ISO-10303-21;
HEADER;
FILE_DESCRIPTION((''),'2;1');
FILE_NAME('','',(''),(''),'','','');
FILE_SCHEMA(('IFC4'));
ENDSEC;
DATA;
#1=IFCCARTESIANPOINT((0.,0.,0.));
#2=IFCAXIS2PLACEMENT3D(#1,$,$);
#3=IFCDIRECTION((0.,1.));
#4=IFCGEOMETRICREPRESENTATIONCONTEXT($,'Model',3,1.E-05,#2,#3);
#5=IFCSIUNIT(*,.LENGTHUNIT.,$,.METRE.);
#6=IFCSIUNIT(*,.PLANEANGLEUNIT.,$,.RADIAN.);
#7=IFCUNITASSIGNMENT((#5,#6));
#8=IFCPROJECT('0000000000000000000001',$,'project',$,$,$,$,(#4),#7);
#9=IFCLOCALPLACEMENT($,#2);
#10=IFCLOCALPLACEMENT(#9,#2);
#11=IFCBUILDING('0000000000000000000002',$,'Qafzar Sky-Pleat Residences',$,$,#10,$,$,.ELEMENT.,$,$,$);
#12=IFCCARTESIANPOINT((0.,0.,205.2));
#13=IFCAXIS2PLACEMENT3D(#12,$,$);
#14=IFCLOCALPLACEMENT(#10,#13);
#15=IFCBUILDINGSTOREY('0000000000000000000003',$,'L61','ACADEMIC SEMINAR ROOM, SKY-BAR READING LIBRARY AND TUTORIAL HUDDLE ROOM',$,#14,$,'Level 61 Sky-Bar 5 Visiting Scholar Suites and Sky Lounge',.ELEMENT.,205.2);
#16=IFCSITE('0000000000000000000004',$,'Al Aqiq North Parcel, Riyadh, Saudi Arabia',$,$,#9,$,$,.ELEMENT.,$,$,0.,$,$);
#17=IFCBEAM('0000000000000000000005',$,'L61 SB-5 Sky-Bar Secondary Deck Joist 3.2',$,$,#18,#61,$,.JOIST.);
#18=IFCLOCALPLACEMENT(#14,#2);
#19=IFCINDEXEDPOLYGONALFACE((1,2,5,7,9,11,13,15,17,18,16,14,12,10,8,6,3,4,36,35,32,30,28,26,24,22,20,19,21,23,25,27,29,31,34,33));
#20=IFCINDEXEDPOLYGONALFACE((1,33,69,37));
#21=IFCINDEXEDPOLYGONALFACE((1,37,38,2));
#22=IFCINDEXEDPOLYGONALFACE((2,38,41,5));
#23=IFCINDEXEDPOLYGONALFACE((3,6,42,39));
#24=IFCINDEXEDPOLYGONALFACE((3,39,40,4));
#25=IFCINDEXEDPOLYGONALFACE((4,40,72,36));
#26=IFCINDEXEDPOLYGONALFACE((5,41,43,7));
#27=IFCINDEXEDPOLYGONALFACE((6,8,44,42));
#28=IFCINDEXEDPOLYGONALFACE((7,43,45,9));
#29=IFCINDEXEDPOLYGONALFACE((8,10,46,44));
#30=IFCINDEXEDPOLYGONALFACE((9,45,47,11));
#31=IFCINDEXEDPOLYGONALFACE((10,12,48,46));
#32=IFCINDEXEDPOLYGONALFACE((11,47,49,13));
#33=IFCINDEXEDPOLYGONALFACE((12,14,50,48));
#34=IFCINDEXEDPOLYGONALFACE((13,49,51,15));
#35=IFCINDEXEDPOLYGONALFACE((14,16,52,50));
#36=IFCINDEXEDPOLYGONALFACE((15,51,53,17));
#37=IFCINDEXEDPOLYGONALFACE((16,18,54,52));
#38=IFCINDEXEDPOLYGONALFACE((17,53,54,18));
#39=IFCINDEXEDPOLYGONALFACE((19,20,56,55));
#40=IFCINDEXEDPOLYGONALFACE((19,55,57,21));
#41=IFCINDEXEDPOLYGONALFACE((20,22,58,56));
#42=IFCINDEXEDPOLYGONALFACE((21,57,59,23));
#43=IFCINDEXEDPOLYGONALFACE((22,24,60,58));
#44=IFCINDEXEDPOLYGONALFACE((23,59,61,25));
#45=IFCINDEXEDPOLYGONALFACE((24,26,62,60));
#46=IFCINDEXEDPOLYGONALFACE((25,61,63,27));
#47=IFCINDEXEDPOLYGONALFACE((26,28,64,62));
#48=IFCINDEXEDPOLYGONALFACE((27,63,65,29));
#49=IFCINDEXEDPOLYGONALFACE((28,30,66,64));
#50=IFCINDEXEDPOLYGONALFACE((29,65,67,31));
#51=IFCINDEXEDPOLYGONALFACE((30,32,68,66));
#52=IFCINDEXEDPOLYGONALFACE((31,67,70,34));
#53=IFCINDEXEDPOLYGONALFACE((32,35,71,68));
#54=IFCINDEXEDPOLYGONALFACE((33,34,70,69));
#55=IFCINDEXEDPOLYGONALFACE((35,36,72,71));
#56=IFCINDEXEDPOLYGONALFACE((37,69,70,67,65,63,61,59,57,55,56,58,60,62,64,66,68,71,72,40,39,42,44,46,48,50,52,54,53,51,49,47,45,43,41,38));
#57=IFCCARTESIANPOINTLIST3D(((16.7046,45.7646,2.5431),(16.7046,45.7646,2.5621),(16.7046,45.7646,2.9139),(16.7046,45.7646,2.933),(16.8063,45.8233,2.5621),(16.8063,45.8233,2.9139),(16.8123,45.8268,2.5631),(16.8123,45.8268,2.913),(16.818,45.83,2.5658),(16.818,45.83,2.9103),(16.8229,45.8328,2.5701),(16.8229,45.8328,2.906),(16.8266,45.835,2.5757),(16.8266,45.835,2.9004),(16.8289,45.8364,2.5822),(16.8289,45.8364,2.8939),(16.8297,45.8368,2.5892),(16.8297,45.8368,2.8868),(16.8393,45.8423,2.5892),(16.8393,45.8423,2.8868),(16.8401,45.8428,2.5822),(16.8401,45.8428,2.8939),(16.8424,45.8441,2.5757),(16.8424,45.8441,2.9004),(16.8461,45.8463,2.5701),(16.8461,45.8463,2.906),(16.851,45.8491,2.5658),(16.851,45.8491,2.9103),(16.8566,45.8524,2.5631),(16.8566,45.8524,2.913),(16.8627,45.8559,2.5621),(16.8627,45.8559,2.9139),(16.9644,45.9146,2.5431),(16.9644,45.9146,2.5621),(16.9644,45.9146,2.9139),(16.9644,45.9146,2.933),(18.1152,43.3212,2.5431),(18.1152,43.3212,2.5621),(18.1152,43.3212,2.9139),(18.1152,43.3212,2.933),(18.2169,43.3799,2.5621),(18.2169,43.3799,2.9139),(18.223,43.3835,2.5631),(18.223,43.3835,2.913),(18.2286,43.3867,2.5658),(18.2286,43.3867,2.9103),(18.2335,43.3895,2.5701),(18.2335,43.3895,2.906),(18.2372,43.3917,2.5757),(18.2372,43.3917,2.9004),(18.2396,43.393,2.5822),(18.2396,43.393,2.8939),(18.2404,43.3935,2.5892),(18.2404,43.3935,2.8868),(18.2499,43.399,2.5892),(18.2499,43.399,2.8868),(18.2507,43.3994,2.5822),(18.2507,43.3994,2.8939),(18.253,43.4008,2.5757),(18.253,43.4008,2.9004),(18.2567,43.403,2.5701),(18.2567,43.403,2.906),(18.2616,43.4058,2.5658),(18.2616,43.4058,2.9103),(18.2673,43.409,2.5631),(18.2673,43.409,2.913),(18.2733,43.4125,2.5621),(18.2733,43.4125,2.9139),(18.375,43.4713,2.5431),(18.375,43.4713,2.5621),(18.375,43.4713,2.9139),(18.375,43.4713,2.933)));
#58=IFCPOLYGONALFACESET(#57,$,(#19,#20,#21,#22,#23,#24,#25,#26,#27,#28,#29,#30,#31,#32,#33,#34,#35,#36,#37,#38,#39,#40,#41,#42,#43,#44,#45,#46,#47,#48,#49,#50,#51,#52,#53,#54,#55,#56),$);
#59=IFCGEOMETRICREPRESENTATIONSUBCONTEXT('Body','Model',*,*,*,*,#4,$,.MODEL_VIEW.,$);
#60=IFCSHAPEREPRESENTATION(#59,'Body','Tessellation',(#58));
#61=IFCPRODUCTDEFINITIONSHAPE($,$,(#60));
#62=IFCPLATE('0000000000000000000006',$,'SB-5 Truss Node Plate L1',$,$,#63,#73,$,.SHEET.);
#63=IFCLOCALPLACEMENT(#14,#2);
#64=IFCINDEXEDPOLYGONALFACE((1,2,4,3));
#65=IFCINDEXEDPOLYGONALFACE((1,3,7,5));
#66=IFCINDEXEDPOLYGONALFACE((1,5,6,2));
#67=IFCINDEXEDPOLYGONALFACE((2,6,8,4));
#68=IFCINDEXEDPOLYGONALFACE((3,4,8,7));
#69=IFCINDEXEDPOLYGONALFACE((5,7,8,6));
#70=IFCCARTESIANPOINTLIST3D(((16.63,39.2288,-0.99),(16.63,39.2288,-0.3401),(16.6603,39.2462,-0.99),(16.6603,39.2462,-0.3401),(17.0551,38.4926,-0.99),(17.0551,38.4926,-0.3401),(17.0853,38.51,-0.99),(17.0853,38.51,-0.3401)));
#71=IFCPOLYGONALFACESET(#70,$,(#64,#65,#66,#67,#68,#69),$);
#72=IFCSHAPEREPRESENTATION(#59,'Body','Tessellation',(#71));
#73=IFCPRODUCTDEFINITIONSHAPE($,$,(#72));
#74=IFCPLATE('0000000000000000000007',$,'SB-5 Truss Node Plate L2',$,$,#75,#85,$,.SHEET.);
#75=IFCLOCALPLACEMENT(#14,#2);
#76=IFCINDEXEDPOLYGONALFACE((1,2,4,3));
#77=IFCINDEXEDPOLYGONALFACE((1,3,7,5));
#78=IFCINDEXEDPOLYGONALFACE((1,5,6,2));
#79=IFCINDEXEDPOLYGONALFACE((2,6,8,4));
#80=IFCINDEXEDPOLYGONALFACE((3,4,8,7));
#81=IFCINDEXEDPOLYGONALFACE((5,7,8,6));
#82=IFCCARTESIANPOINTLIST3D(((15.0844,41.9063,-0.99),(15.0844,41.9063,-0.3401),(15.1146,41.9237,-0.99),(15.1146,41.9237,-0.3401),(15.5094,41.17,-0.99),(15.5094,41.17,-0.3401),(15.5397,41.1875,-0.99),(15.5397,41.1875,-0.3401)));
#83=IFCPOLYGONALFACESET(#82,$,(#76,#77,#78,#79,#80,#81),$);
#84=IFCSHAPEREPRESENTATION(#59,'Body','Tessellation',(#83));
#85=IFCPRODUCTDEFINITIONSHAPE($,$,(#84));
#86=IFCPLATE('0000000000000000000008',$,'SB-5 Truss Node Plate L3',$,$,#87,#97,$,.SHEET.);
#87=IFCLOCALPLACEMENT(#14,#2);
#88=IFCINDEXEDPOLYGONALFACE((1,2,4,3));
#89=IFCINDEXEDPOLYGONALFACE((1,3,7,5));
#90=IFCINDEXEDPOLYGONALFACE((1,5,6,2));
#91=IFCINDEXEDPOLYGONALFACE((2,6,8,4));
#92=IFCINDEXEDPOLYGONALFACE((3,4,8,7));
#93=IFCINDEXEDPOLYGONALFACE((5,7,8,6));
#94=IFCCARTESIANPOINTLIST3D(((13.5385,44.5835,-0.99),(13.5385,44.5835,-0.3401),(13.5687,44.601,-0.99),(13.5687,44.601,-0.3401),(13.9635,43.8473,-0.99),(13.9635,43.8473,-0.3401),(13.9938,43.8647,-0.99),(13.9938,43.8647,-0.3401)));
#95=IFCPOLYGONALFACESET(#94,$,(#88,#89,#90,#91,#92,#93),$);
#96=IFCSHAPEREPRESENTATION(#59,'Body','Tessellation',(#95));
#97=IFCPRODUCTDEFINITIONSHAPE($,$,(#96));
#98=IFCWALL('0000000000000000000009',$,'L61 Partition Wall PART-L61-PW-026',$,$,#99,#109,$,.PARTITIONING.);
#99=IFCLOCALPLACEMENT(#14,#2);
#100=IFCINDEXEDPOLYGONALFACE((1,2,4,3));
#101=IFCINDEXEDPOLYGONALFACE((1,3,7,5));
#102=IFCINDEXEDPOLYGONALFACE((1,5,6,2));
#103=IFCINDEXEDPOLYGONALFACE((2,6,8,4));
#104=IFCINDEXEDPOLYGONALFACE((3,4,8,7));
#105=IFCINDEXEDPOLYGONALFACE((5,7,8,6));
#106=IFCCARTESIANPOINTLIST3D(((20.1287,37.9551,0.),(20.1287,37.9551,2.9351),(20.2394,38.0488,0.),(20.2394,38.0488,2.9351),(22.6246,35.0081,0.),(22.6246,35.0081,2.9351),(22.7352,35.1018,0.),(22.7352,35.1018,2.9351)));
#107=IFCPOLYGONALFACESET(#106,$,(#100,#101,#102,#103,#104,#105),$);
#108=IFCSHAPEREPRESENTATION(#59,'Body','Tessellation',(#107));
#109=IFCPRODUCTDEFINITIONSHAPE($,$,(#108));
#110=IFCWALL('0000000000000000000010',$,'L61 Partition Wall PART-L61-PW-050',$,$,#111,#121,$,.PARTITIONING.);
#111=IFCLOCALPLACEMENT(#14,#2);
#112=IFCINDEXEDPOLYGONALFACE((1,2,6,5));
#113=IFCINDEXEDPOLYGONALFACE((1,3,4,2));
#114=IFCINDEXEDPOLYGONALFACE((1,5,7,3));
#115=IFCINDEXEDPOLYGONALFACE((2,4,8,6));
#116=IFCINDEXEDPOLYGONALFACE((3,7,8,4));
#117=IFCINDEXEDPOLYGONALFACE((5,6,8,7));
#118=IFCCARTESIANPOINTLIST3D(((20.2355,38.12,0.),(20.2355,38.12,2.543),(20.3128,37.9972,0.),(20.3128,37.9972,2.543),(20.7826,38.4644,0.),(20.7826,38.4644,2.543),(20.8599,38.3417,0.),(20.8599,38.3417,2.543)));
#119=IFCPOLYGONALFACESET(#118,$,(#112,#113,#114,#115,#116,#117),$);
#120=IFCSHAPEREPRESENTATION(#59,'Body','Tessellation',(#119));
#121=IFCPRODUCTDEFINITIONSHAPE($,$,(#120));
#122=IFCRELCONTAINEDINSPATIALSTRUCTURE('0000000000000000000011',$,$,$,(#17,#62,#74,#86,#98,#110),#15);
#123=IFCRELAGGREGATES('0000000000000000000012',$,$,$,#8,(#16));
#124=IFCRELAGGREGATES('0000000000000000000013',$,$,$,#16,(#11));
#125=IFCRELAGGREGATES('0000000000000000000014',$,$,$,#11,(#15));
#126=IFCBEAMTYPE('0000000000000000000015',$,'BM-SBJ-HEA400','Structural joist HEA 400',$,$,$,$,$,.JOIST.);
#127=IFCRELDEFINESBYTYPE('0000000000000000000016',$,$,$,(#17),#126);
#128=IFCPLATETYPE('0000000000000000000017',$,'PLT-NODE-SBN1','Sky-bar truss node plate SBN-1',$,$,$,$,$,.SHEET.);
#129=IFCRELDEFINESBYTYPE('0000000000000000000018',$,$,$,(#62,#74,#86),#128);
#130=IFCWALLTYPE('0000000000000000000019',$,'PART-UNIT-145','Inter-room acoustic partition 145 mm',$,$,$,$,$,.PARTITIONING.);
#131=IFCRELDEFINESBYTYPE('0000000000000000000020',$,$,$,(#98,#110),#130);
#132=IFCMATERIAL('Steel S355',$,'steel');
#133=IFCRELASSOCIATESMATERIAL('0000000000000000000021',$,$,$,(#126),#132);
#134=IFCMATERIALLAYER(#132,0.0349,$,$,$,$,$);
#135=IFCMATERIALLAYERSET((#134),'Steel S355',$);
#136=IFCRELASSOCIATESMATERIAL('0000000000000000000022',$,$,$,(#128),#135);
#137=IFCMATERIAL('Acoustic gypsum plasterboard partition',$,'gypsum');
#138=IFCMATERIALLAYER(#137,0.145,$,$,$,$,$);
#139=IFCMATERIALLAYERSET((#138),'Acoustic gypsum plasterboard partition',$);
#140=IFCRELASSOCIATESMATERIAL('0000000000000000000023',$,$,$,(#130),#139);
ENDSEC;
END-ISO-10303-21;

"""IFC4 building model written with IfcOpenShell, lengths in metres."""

from ifc_helpers import new_model, si_unit, direction, frame, frame_2d, origin, origin_2d, place, context, subcontext, project, spatial, rectangle, i_section, extrude, source, transform, mapped, material, layer, layer_set, material_profile, profile_set, type_object, element, save


model = new_model("IFC4")

# Units and contexts
model_context = context("Model", 3, precision=1e-05, world=origin(), true_north=direction((0.0, 1.0)))
body_context = subcontext(model_context, "Body", "Model", "MODEL_VIEW")
ifc_project = project(units=[si_unit("LENGTHUNIT", "METRE"), si_unit("PLANEANGLEUNIT", "RADIAN")], contexts=[model_context])

# Site, building, storey
site_placement = place(None, origin())
site = spatial("IfcSite", under=ifc_project, at=site_placement, Name="Al Aqiq North Parcel, Riyadh, Saudi Arabia", CompositionType="ELEMENT", RefElevation=0.0)
building_placement = place(site_placement, origin())
building = spatial("IfcBuilding", under=site, at=building_placement, Name="Qafzar Sky-Pleat Residences", CompositionType="ELEMENT")
storey_placement = place(building_placement, frame((0.0, 0.0, 205.2)))
storey = spatial("IfcBuildingStorey", under=building, at=storey_placement, Name="L61", Description="ACADEMIC SEMINAR ROOM, SKY-BAR READING LIBRARY AND TUTORIAL HUDDLE ROOM", LongName="Level 61 Sky-Bar 5 Visiting Scholar Suites and Sky Lounge", CompositionType="ELEMENT", Elevation=205.2)

# Shared definitions
ifc_material_1 = material(Name="Steel S355", Category="steel")

# Beam
ifc_material_profile_1 = material_profile(ifc_material_1, i_section(OverallWidth=0.3, OverallDepth=0.3899, WebThickness=0.011, FlangeThickness=0.019, FilletRadius=0.0271, at=origin_2d()), Name="HEA 400")
ifc_profile_set_1 = profile_set([ifc_material_profile_1], Name="Steel S355")
beam_type_1 = type_object("IfcBeamType", Name="BM-SBJ-HEA400", Description="Structural joist HEA 400", PredefinedType="JOIST", material=ifc_profile_set_1)
shared_shape_1 = source(origin(), body_context, "Body", "SweptSolid", [
    extrude(i_section(OverallWidth=0.3, OverallDepth=0.3899, WebThickness=0.011, FlangeThickness=0.019, FilletRadius=0.0271, at=origin_2d()), origin(), (0.0, 0.0, 1.0), 2.8213),
])
beam_1_placement = place(storey_placement, frame((18.2451, 43.3962, 2.738), z_axis=(-0.499992, 0.86603, 0.0), x_axis=(-0.86603, -0.499992, 0.0)))
element("IfcBeam", 1, at=beam_1_placement, inside=storey, type_object=beam_type_1, Name="L61 SB-5 Sky-Bar Secondary Deck Joist 3.2", PredefinedType="JOIST", context=body_context, shape_type="MappedRepresentation", body=[
    mapped(shared_shape_1, transform((0.0, 0.0, 0.0), x_axis=(1.0, 0.0, 0.0), y_axis=(0.0, 1.0, 0.0), z_axis=(0.0, 0.0, 1.0), scale=1.0)),
])

# Plates
ifc_layer_1 = layer(ifc_material_1, 0.0349)
ifc_layer_set_1 = layer_set([ifc_layer_1], Name="Steel S355")
plate_type = type_object("IfcPlateType", Name="PLT-NODE-SBN1", Description="Sky-bar truss node plate SBN-1", PredefinedType="SHEET", material=ifc_layer_set_1)
shared_shape_2 = source(origin(), body_context, "Body", "SweptSolid", [
    extrude(rectangle(XDim=0.8501, YDim=0.0349, at=origin_2d()), origin(), (0.0, 0.0, 1.0), 0.6499),
])
for number, where, z_axis, x_axis, name in (
    (2, (16.8577, 38.8694, -0.99), (0.0, 0.0, 1.0), (-0.5, 0.866025, 0.0), "SB-5 Truss Node Plate L1"),
    (3, (15.312, 41.5469, -0.99), (0.0, 0.0, 1.0), (-0.5, 0.866025, 0.0), "SB-5 Truss Node Plate L2"),
    (4, (13.7661, 44.2241, -0.99), (0.0, 0.0, 1.0), (-0.5, 0.866025, 0.0), "SB-5 Truss Node Plate L3"),
):
    element("IfcPlate", number, at=place(storey_placement, frame(where, z_axis=z_axis, x_axis=x_axis)), inside=storey, type_object=plate_type, Name=name, PredefinedType="SHEET", context=body_context, shape_type="MappedRepresentation", body=[
        mapped(shared_shape_2, transform((0.0, 0.0, 0.0), x_axis=(1.0, 0.0, 0.0), y_axis=(0.0, 1.0, 0.0), z_axis=(0.0, 0.0, 1.0), scale=1.0)),
    ])

# Walls
ifc_material_2 = material(Name="Acoustic gypsum plasterboard partition", Category="gypsum")
ifc_layer_2 = layer(ifc_material_2, 0.145)
ifc_layer_set_2 = layer_set([ifc_layer_2], Name="Acoustic gypsum plasterboard partition")
wall_type = type_object("IfcWallType", Name="PART-UNIT-145", Description="Inter-room acoustic partition 145 mm", PredefinedType="PARTITIONING", material=ifc_layer_set_2)
wall_1_placement = place(storey_placement, frame((20.1841, 38.002, 0.0), z_axis=(0.0, 0.0, 1.0), x_axis=(0.646277, -0.763103, 0.0)))
element("IfcWall", 5, at=wall_1_placement, inside=storey, type_object=wall_type, Name="L61 Partition Wall PART-L61-PW-026", PredefinedType="PARTITIONING", context=body_context, shape_type="SweptSolid", body=[
    extrude(rectangle(XDim=3.8618, YDim=0.145, at=frame_2d((1.9309, 0.0))), origin(), (0.0, 0.0, 1.0), 2.9351),
])
wall_2_placement = place(storey_placement, frame((20.2742, 38.0586, 0.0), z_axis=(0.0, 0.0, 1.0), x_axis=(0.846233, 0.532813, 0.0)))
element("IfcWall", 6, at=wall_2_placement, inside=storey, type_object=wall_type, Name="L61 Partition Wall PART-L61-PW-050", PredefinedType="PARTITIONING", context=body_context, shape_type="SweptSolid", body=[
    extrude(rectangle(XDim=0.6465, YDim=0.145, at=frame_2d((0.3232, 0.0))), origin(), (0.0, 0.0, 1.0), 2.543),
])

save(model, "model.ifc")
